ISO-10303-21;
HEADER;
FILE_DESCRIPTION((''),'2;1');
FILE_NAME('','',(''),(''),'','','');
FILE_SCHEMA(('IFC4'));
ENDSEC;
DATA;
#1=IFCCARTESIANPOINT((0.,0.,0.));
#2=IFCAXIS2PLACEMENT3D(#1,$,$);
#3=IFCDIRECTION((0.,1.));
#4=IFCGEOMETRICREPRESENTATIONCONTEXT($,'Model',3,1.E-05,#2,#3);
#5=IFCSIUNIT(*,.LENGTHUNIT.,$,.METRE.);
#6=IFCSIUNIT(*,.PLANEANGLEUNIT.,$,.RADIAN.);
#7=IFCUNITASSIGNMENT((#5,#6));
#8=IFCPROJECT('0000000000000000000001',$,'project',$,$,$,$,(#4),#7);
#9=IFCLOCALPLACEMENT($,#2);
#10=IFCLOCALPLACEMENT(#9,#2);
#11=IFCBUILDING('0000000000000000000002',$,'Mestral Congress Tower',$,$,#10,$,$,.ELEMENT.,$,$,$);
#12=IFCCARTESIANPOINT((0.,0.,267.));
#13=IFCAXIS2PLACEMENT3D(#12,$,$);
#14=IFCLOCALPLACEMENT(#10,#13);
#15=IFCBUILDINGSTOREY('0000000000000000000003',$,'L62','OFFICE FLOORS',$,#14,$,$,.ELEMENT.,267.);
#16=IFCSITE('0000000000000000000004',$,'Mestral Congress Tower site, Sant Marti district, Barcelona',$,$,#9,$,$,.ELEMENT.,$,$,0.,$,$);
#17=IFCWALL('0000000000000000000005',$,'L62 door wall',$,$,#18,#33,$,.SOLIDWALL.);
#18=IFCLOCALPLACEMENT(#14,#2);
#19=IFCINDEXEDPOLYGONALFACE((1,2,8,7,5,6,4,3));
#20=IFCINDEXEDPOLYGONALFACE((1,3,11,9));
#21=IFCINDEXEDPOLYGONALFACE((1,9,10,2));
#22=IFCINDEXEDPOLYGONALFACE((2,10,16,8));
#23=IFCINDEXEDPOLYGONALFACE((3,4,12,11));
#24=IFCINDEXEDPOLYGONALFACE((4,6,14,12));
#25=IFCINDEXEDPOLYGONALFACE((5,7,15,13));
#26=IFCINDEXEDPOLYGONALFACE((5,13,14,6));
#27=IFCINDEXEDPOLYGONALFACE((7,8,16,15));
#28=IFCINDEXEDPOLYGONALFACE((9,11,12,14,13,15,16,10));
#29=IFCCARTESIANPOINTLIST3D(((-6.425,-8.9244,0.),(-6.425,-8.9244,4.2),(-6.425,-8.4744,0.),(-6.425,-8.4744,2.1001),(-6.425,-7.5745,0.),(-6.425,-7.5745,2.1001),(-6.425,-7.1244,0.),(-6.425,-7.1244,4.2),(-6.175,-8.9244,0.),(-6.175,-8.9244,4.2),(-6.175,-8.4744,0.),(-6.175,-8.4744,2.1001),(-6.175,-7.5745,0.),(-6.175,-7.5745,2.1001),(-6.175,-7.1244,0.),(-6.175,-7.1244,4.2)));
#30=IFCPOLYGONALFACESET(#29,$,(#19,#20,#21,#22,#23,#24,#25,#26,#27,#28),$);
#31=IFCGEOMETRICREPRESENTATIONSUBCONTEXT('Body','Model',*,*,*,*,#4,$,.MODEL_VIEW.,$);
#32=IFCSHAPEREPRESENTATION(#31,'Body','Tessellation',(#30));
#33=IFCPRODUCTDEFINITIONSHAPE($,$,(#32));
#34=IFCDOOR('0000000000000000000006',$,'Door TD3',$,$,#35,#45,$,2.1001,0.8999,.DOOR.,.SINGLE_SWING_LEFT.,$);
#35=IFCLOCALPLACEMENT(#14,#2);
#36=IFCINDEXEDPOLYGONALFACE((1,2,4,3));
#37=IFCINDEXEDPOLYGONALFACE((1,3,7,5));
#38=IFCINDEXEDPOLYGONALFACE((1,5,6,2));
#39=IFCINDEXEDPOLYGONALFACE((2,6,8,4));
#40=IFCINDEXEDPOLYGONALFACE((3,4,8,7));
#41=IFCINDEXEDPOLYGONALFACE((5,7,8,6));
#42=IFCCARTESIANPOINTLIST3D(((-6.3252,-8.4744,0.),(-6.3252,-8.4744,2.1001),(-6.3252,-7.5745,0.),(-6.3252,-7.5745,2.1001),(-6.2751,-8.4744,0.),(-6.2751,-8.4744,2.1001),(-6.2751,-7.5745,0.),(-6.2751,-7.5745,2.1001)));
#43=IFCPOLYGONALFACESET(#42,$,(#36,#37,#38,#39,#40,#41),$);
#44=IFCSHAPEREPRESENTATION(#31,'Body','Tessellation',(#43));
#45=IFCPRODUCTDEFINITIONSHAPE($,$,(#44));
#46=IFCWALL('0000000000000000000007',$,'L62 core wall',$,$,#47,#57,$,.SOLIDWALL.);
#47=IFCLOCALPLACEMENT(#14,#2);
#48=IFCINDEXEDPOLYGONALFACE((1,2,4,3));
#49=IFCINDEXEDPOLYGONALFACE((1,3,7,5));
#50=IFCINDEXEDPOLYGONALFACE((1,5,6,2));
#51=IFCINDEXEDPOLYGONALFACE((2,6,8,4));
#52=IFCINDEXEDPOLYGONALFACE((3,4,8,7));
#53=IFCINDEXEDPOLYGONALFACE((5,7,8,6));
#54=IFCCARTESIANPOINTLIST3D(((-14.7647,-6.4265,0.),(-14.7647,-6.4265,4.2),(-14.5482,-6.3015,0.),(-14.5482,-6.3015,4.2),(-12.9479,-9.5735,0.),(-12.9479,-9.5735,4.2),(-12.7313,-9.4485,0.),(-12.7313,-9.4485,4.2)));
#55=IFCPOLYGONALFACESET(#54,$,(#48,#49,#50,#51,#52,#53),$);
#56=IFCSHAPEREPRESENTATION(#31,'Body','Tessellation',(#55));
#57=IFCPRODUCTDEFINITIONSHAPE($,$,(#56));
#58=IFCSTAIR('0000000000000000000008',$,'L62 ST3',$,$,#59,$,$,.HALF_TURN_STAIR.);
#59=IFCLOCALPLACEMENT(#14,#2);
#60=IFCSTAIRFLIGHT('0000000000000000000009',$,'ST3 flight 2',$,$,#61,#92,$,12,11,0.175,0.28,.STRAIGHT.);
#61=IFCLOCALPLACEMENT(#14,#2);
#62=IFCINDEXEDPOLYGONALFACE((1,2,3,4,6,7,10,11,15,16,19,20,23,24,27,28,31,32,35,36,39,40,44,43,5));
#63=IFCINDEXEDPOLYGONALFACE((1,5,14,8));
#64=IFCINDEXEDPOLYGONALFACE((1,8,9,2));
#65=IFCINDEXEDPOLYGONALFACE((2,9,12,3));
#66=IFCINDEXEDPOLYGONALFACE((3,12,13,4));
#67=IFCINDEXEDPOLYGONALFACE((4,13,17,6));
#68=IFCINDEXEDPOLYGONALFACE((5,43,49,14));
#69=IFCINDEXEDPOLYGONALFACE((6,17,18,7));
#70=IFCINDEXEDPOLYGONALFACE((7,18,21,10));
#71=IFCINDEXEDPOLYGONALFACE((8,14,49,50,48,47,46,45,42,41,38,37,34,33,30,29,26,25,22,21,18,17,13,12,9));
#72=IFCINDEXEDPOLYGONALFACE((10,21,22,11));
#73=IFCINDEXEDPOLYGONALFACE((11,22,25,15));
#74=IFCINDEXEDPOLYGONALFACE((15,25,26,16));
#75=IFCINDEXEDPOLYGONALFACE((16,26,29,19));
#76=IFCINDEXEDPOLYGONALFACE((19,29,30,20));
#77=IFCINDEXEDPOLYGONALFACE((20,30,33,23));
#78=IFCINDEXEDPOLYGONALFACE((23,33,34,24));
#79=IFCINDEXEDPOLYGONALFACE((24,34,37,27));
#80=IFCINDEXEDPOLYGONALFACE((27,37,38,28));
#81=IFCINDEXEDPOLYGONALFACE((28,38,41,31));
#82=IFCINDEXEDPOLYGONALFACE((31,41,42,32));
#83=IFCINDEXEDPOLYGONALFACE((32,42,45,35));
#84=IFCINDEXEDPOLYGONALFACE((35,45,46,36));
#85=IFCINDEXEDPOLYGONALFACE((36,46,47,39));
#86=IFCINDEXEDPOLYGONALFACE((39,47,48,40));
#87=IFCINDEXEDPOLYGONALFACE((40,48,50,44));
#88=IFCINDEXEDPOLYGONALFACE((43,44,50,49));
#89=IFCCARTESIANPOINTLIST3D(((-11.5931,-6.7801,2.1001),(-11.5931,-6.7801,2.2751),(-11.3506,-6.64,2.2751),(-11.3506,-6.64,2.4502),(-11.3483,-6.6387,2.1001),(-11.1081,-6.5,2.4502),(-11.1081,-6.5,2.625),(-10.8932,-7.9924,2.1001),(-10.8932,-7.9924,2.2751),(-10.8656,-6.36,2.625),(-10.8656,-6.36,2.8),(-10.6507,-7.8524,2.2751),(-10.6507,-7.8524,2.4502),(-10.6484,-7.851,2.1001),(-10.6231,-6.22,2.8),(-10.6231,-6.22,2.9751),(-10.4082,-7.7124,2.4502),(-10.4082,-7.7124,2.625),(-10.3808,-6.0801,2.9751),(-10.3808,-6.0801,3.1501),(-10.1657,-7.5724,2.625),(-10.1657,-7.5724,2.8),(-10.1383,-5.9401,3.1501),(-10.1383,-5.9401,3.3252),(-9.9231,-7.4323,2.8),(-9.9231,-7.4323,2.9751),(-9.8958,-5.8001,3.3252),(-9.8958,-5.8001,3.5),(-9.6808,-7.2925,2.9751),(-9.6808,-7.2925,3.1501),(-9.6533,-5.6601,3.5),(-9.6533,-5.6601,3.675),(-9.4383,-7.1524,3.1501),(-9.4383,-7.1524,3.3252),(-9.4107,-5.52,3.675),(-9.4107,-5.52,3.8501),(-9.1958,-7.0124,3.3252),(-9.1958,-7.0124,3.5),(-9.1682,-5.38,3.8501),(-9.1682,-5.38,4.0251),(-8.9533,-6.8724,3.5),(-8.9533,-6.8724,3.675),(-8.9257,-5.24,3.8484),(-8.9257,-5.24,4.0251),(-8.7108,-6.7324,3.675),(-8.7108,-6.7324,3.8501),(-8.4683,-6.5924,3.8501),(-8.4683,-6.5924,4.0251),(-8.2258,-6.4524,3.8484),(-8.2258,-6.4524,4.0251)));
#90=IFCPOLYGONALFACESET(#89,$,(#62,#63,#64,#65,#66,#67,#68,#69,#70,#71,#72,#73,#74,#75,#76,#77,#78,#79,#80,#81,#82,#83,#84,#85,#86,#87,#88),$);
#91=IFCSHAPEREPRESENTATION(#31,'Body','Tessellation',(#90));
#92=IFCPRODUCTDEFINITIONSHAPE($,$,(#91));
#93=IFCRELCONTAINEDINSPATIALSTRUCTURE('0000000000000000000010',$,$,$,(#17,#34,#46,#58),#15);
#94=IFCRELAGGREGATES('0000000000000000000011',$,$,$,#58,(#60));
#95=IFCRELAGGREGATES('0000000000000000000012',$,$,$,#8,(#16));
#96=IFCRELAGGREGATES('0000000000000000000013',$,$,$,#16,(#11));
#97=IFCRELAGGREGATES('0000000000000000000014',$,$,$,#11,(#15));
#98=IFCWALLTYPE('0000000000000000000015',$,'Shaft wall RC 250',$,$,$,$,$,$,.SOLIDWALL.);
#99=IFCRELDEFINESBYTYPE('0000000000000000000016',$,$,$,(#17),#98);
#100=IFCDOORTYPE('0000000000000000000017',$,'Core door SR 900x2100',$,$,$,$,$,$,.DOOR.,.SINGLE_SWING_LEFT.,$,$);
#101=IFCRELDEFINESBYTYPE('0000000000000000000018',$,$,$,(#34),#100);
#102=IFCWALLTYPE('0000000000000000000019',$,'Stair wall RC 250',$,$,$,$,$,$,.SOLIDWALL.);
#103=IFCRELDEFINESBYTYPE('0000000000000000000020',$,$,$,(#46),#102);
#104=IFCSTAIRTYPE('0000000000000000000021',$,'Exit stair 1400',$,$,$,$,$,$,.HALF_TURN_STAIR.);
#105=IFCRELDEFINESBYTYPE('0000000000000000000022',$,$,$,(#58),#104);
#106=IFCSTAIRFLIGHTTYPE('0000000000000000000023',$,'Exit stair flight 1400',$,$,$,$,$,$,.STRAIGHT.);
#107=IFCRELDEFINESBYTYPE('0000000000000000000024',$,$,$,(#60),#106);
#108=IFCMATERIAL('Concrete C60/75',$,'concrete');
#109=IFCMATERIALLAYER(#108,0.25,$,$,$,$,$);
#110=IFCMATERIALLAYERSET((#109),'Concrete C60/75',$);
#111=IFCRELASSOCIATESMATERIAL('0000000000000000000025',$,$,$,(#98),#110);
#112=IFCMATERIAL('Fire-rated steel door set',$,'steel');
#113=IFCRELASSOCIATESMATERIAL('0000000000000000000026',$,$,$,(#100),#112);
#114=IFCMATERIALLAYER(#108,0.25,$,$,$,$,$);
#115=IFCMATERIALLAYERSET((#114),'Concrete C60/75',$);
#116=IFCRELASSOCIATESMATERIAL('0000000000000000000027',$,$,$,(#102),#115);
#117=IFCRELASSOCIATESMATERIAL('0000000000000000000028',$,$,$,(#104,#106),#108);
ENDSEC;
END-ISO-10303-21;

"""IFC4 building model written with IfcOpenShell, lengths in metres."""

from ifc_helpers import new_model, si_unit, direction, frame, frame_2d, origin, place, context, subcontext, project, spatial, polyline, rectangle, outline, extrude, material, layer, layer_set, type_object, element, fill, aggregate, save


model = new_model("IFC4")

# Units and contexts
model_context = context("Model", 3, precision=1e-05, world=origin(), true_north=direction((0.0, 1.0)))
body_context = subcontext(model_context, "Body", "Model", "MODEL_VIEW")
ifc_project = project(units=[si_unit("LENGTHUNIT", "METRE"), si_unit("PLANEANGLEUNIT", "RADIAN")], contexts=[model_context])

# Site, building, storey
site_placement = place(None, origin())
site = spatial("IfcSite", under=ifc_project, at=site_placement, Name="Mestral Congress Tower site, Sant Marti district, Barcelona", CompositionType="ELEMENT", RefElevation=0.0)
building_placement = place(site_placement, origin())
building = spatial("IfcBuilding", under=site, at=building_placement, Name="Mestral Congress Tower", CompositionType="ELEMENT")
storey_placement = place(building_placement, frame((0.0, 0.0, 267.0)))
storey = spatial("IfcBuildingStorey", under=building, at=storey_placement, Name="L62", Description="OFFICE FLOORS", CompositionType="ELEMENT", Elevation=267.0)

# Shared definitions
ifc_material_1 = material(Name="Concrete C60/75", Category="concrete")

# Shared definitions
ifc_layer_1 = layer(ifc_material_1, 0.25)
ifc_layer_set_1 = layer_set([ifc_layer_1], Name="Concrete C60/75")
wall_type_1 = type_object("IfcWallType", Name="Shaft wall RC 250", PredefinedType="SOLIDWALL", material=ifc_layer_set_1)

# Wall, opening, door
wall_1_placement = place(storey_placement, frame((-6.3, -7.1245, 0.0), z_axis=(0.0, 0.0, 1.0), x_axis=(0.0, -1.0, 0.0)))
wall_1 = element("IfcWall", 1, at=wall_1_placement, inside=storey, type_object=wall_type_1, Name="L62 door wall", PredefinedType="SOLIDWALL", context=body_context, shape_type="SweptSolid", body=[
    extrude(rectangle(XDim=1.8, YDim=0.25, at=frame_2d((0.8999, 0.0))), origin(), (0.0, 0.0, 1.0), 4.2),
])
opening_1_placement = place(wall_1_placement, frame((0.45, 0.0, 0.0)))
opening_1 = element("IfcOpeningElement", 2, at=opening_1_placement, cuts=wall_1, PredefinedType="OPENING", context=body_context, shape_type="SweptSolid", body=[
    extrude(rectangle(XDim=0.8999, YDim=2.1001, at=frame_2d((0.45, 1.05))), frame((0.0, 0.135, 0.0), z_axis=(0.0, -1.0, 0.0), x_axis=(1.0, 0.0, 0.0)), (0.0, 0.0, 1.0), 0.27),
])
ifc_material_2 = material(Name="Fire-rated steel door set", Category="steel")
door_type_1 = type_object("IfcDoorType", Name="Core door SR 900x2100", OperationType="SINGLE_SWING_LEFT", PredefinedType="DOOR", material=ifc_material_2)
door_1_placement = place(opening_1_placement, origin())
door_1 = element("IfcDoor", 3, at=door_1_placement, inside=storey, type_object=door_type_1, Name="Door TD3", OperationType="SINGLE_SWING_LEFT", OverallHeight=2.1001, OverallWidth=0.8999, PredefinedType="DOOR", context=body_context, shape_type="SweptSolid", body=[
    extrude(rectangle(XDim=0.8999, YDim=2.1001, at=frame_2d((0.45, 1.05))), frame((0.0, 0.0249, 0.0), z_axis=(0.0, -1.0, 0.0), x_axis=(1.0, 0.0, 0.0)), (0.0, 0.0, 1.0), 0.05),
])
fill(opening_1, door_1)

# Wall
ifc_layer_2 = layer(ifc_material_1, 0.25)
ifc_layer_set_2 = layer_set([ifc_layer_2], Name="Concrete C60/75")
wall_type_2 = type_object("IfcWallType", Name="Stair wall RC 250", PredefinedType="SOLIDWALL", material=ifc_layer_set_2)
wall_2_placement = place(storey_placement, frame((-12.8396, -9.511, 0.0), z_axis=(0.0, 0.0, 1.0), x_axis=(-0.499998, 0.866027, 0.0)))
element("IfcWall", 4, at=wall_2_placement, inside=storey, type_object=wall_type_2, Name="L62 core wall", PredefinedType="SOLIDWALL", context=body_context, shape_type="SweptSolid", body=[
    extrude(rectangle(XDim=3.6338, YDim=0.25, at=frame_2d((1.8169, 0.0))), origin(), (0.0, 0.0, 1.0), 4.2),
])

# Stair, stair flight
stair_type = type_object("IfcStairType", Name="Exit stair 1400", PredefinedType="HALF_TURN_STAIR", material=ifc_material_1)
stair_placement = place(storey_placement, origin())
stair = element("IfcStair", 5, at=stair_placement, inside=storey, type_object=stair_type, Name="L62 ST3", PredefinedType="HALF_TURN_STAIR")
stair_flight_type = type_object("IfcStairFlightType", Name="Exit stair flight 1400", PredefinedType="STRAIGHT", material=ifc_material_1)
stair_flight_placement = place(storey_placement, frame((-11.2432, -7.3862, 2.1001), z_axis=(0.0, 0.0, 1.0), x_axis=(0.866025, 0.5, 0.0)))
stair_flight = element("IfcStairFlight", 6, at=stair_flight_placement, type_object=stair_flight_type, Name="ST3 flight 2", NumberOfRisers=12, NumberOfTreads=11, PredefinedType="STRAIGHT", RiserHeight=0.175, TreadLength=0.28, context=body_context, shape_type="SweptSolid", body=[
    extrude(outline(polyline([(0.0, 0.0), (0.0, 0.175), (0.28, 0.175), (0.28, 0.3501), (0.5601, 0.3501), (0.5601, 0.5249), (0.8401, 0.5249), (0.8401, 0.7), (1.1201, 0.7), (1.1201, 0.875), (1.3999, 0.875), (1.3999, 1.05), (1.6799, 1.05), (1.6799, 1.2251), (1.96, 1.2251), (1.96, 1.3999), (2.24, 1.3999), (2.24, 1.575), (2.52, 1.575), (2.52, 1.75), (2.8, 1.75), (2.8, 1.925), (3.0801, 1.925), (3.0801, 2.1001), (3.0801, 1.7483), (0.2827, 0.0), (0.0, 0.0)])), frame((0.0, 0.7, 0.0), z_axis=(0.0, -1.0, 0.0), x_axis=(1.0, 0.0, 0.0)), (0.0, 0.0, 1.0), 1.3999),
])
aggregate(stair, [stair_flight])

save(model, "model.ifc")
